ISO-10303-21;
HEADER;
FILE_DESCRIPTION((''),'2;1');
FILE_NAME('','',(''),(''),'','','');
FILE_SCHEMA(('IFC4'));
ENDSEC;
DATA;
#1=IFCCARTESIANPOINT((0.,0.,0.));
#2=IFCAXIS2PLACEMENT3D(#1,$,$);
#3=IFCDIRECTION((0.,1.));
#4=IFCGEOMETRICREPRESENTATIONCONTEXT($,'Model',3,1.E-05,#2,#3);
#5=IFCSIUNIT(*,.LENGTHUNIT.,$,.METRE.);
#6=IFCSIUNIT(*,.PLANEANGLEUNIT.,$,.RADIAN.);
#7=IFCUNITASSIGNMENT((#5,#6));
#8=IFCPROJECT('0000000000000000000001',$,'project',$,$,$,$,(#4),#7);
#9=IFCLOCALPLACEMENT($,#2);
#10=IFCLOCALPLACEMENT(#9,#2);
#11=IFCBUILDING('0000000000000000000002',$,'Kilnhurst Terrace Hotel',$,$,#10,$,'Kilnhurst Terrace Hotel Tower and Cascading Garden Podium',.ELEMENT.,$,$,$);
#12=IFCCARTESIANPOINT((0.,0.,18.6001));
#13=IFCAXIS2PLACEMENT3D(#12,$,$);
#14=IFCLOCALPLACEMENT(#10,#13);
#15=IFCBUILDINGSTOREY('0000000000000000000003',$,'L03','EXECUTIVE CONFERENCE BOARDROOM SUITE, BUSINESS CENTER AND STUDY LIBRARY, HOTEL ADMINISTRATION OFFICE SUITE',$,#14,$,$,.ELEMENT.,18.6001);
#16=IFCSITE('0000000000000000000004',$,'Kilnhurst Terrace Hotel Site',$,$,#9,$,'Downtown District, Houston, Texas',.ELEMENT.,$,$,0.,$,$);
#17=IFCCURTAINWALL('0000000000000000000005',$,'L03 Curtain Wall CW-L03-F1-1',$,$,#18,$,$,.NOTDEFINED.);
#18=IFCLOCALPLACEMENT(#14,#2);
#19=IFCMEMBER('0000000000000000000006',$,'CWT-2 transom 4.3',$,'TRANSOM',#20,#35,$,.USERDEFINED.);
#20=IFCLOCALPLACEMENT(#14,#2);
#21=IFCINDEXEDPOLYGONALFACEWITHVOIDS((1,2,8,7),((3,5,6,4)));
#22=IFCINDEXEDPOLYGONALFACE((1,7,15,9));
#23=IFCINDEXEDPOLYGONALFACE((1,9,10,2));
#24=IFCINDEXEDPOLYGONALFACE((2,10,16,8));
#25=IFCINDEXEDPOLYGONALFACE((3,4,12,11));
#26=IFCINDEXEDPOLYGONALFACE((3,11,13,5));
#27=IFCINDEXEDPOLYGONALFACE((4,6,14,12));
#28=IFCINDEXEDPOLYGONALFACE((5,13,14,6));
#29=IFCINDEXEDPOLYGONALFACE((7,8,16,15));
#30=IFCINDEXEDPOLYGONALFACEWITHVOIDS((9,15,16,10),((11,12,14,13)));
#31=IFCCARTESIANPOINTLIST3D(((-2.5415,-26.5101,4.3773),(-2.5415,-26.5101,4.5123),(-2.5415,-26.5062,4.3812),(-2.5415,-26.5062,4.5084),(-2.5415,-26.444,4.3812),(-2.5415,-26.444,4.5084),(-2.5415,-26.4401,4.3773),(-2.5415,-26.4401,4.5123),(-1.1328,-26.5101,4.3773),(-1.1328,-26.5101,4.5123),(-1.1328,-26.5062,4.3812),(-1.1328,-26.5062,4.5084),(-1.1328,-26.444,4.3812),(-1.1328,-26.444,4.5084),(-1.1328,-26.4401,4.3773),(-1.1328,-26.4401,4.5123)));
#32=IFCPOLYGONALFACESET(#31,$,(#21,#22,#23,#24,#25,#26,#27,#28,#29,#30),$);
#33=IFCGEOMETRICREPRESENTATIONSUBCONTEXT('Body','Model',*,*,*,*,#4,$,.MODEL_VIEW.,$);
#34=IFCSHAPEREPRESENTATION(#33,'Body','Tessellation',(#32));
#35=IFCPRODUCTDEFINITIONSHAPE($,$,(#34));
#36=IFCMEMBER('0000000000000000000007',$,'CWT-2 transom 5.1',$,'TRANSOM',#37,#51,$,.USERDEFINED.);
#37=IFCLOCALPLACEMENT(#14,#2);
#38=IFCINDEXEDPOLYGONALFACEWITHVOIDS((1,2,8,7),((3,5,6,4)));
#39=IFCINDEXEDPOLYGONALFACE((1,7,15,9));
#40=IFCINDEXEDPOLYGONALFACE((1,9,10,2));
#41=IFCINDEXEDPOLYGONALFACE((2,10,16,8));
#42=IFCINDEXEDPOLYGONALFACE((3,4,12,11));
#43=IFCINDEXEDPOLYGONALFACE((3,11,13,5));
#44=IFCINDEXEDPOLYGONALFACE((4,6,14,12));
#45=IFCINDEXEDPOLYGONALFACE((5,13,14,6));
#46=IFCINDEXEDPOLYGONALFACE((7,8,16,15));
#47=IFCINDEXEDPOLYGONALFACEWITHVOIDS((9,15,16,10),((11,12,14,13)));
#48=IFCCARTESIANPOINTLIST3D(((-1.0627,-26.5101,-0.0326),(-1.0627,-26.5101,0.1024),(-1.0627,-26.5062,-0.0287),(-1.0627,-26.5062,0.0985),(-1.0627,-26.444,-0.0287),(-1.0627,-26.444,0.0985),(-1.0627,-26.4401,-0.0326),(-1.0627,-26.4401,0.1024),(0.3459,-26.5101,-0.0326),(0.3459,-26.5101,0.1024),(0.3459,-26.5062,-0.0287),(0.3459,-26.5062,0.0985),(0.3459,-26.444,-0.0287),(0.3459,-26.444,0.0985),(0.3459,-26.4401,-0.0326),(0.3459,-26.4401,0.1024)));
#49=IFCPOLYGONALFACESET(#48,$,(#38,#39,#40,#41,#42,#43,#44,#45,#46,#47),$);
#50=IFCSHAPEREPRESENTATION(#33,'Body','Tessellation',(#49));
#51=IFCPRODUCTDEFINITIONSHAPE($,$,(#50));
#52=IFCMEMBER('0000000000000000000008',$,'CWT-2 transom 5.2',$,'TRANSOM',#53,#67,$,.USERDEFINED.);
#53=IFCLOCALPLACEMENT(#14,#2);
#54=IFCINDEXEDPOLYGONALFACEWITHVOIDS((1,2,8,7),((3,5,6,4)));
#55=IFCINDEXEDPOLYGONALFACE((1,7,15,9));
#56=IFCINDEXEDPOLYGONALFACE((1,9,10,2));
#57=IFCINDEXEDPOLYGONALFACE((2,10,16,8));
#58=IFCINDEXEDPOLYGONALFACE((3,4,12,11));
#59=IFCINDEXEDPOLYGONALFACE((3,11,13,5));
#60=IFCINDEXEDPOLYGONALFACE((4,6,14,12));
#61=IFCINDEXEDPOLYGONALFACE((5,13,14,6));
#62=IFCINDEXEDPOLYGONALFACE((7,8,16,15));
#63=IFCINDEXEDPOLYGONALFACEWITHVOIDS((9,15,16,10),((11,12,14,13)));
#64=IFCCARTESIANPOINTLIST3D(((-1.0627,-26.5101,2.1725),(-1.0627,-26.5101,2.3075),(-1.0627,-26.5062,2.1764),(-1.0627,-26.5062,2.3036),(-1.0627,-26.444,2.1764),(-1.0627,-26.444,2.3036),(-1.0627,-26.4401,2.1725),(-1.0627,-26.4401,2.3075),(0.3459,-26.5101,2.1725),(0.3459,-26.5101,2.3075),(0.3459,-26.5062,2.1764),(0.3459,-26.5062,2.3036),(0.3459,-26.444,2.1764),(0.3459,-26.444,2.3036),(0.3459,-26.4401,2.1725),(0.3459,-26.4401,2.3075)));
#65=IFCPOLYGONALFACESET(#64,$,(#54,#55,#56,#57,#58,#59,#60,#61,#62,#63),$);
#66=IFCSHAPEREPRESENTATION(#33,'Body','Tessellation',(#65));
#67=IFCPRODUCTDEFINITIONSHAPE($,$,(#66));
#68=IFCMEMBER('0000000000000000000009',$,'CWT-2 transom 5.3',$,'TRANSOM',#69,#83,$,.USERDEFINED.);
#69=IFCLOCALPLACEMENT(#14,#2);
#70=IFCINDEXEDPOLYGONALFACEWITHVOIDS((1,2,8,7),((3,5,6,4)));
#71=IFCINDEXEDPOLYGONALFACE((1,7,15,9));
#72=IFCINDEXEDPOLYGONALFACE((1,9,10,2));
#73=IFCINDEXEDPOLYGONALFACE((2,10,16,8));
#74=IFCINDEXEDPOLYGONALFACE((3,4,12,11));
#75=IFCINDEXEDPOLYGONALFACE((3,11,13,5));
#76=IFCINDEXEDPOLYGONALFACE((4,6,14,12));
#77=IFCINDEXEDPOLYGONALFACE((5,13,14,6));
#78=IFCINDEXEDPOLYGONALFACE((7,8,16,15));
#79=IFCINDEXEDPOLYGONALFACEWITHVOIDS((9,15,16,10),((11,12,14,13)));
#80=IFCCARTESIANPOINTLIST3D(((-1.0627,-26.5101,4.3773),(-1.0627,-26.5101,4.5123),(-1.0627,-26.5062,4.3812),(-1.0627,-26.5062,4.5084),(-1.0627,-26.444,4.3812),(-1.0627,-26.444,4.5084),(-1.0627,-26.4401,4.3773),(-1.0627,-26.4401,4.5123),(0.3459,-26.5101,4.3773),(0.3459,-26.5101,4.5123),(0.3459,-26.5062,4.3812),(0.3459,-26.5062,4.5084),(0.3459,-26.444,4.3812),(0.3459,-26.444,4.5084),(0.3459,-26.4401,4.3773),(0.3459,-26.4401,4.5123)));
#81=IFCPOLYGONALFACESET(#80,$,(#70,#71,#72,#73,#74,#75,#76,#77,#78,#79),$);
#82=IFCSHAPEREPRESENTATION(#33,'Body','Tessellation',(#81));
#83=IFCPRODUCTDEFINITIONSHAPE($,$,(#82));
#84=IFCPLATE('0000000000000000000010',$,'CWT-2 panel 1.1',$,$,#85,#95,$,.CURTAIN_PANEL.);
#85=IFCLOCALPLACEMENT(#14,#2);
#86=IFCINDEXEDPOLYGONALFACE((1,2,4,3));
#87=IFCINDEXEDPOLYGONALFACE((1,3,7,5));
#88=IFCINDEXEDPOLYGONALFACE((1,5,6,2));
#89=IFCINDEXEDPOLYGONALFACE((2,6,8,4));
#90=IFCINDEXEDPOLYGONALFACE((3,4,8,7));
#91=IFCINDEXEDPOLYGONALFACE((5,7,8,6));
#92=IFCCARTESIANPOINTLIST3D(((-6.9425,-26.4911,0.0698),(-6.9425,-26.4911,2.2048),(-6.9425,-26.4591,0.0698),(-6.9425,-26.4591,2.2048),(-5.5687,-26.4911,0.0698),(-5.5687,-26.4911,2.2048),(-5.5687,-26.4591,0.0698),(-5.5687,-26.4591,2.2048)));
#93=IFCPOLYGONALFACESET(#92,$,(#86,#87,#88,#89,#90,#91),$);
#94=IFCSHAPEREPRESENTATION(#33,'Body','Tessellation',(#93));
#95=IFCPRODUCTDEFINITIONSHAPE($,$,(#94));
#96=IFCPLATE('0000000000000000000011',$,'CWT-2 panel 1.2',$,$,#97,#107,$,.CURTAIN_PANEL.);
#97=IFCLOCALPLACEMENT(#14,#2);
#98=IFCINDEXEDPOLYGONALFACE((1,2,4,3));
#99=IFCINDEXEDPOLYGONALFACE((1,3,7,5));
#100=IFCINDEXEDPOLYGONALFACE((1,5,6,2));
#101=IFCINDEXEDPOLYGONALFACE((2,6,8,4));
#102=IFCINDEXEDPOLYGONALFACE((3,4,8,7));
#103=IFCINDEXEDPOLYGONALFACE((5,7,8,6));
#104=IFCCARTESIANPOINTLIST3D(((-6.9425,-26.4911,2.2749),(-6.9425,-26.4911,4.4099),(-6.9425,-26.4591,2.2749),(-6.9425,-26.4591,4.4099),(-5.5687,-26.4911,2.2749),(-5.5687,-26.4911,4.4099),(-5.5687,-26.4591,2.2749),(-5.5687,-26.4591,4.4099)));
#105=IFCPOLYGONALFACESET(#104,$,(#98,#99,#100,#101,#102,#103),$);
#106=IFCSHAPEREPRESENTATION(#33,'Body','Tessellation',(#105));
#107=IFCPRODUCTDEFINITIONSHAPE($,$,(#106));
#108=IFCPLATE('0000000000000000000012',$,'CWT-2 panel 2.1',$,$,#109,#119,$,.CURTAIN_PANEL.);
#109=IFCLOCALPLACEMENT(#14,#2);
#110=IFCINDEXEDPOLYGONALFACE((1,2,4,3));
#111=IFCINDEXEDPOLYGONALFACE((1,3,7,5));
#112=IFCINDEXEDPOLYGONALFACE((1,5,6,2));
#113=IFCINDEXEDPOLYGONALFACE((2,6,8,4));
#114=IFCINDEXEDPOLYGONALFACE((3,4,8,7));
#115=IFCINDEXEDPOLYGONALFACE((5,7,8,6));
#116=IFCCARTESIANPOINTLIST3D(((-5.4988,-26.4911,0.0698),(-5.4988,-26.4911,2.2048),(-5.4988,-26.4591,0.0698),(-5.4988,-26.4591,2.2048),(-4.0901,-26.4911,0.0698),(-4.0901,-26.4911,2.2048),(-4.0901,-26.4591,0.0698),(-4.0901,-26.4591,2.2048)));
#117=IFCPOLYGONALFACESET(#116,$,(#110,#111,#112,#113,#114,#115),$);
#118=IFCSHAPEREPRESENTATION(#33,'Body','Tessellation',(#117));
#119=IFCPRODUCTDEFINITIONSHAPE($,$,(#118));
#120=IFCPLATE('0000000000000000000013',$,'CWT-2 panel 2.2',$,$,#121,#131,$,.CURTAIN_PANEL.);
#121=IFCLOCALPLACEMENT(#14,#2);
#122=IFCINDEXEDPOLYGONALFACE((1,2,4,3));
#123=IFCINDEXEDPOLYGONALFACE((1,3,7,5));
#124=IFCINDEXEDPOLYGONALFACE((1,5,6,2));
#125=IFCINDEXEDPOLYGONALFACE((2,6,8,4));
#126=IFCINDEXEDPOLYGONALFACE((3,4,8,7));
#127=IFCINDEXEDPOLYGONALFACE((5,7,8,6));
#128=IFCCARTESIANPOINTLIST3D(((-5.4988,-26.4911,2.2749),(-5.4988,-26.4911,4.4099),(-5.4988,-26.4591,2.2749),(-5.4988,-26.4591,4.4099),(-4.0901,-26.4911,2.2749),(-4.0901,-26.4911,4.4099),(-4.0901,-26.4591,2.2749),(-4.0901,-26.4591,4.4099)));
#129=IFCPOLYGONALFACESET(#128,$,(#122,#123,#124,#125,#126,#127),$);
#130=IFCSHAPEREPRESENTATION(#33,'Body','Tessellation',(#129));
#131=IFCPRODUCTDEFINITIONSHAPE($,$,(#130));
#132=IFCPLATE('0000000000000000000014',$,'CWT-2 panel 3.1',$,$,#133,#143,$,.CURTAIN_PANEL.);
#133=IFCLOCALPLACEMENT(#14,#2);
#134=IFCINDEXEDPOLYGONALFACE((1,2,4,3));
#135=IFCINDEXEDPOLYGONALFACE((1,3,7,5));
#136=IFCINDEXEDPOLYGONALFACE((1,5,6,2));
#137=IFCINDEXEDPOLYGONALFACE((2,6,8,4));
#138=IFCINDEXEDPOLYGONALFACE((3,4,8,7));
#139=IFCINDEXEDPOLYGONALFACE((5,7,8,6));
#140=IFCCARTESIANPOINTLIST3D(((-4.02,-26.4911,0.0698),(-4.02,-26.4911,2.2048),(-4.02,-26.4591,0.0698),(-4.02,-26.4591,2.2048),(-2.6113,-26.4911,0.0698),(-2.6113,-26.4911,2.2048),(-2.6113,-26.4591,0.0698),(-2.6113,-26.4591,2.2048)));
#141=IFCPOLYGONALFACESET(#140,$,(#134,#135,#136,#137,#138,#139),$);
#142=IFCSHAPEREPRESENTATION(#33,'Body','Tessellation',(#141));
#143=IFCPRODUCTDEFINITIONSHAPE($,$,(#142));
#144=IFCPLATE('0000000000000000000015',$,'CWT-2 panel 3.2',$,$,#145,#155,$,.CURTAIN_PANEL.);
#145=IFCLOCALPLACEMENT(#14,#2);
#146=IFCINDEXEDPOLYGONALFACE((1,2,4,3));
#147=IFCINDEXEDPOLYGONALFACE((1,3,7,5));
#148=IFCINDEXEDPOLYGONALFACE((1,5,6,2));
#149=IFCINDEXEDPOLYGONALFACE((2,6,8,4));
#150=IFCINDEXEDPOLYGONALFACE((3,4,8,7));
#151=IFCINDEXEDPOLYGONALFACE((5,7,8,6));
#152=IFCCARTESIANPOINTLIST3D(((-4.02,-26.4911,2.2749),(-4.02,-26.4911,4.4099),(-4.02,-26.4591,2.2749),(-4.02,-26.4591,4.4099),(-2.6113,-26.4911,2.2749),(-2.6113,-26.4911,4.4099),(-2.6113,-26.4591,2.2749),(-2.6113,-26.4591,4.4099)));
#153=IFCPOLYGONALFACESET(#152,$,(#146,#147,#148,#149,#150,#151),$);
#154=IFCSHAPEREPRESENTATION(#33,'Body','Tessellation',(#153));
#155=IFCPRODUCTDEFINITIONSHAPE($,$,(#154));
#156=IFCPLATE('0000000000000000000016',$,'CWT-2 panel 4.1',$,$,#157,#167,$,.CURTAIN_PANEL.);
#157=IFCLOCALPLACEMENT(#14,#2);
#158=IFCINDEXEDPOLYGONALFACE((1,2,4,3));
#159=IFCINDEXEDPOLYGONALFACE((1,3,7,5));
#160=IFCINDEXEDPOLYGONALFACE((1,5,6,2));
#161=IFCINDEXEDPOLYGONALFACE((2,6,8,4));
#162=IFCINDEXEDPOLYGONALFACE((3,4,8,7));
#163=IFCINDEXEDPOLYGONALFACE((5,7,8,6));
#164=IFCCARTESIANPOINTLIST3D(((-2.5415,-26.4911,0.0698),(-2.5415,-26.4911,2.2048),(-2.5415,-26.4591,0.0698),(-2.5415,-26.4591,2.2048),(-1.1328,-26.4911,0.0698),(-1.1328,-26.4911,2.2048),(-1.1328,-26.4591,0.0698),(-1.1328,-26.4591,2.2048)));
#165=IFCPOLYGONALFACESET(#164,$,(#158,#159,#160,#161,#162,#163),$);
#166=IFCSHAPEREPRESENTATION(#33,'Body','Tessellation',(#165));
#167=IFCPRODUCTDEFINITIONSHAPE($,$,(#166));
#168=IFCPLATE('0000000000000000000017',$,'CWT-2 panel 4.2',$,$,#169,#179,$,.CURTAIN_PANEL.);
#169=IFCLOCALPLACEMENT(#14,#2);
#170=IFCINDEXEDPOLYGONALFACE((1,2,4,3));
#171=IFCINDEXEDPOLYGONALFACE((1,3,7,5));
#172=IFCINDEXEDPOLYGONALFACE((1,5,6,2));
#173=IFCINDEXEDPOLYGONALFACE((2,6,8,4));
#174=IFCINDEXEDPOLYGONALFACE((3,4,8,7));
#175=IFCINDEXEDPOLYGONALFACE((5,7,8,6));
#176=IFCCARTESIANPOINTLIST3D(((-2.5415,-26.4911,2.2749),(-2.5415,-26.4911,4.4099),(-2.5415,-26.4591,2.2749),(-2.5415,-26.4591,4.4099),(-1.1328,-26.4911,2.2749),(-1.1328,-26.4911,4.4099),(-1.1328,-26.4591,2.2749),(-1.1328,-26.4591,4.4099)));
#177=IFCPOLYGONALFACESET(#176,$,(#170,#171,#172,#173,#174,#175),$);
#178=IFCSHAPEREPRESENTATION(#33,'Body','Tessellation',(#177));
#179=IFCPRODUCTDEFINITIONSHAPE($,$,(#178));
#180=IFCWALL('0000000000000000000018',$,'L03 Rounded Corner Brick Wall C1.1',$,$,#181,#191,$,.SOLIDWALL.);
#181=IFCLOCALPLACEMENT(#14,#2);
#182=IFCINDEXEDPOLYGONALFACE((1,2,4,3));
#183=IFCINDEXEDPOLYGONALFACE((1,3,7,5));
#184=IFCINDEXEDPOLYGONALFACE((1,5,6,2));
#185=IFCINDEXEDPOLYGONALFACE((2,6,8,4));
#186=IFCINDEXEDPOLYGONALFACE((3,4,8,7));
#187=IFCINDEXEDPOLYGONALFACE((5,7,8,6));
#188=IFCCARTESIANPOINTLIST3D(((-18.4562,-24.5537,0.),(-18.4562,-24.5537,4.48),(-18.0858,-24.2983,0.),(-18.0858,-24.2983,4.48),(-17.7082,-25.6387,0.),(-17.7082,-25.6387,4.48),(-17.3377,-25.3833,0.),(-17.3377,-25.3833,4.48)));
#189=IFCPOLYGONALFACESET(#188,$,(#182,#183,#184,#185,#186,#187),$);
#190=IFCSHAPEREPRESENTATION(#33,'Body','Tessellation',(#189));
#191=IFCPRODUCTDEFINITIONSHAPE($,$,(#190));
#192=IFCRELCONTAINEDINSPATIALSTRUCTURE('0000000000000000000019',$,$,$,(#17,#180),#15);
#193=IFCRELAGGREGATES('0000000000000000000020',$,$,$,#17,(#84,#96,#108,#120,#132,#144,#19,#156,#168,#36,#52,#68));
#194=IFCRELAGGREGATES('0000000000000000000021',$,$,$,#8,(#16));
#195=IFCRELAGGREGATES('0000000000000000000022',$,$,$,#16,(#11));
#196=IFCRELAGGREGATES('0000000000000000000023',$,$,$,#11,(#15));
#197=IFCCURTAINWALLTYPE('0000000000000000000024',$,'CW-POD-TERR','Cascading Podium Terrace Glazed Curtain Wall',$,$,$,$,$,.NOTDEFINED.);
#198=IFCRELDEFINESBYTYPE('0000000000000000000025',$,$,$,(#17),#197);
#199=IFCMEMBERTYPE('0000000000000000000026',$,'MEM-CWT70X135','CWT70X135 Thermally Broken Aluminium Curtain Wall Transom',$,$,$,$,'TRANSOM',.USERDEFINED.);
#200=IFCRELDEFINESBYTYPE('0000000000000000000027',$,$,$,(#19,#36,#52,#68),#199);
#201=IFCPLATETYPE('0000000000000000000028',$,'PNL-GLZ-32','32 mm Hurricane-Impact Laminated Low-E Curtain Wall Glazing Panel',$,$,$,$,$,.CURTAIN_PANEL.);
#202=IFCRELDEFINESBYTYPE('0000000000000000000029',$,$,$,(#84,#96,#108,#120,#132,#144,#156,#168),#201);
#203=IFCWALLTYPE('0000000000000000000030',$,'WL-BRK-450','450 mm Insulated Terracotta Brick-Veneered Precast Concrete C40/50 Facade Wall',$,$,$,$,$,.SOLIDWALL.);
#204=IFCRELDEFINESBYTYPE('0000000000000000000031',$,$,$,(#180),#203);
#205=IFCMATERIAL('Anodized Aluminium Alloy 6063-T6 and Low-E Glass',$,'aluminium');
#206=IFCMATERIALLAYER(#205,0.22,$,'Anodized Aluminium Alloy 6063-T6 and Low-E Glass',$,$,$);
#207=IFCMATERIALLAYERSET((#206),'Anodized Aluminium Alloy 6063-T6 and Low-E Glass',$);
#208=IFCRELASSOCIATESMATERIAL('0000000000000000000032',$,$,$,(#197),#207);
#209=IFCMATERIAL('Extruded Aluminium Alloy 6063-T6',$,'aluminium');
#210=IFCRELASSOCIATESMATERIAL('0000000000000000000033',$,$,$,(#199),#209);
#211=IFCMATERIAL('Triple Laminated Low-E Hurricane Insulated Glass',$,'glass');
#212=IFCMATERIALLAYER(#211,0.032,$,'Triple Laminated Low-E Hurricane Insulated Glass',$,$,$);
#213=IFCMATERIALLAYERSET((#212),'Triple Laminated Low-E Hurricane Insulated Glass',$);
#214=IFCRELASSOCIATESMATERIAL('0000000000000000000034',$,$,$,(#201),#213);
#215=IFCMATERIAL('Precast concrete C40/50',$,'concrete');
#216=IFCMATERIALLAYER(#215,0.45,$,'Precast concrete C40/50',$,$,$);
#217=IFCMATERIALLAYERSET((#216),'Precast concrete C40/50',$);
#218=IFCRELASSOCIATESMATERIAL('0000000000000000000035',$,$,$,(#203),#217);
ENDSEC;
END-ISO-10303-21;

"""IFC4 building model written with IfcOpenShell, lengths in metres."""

from ifc_helpers import new_model, si_unit, direction, frame, frame_2d, origin, origin_2d, place, context, subcontext, project, spatial, rectangle, hollow_rectangle, extrude, material, layer, layer_set, material_profile, profile_set, type_object, element, aggregate, save


model = new_model("IFC4")

# Units and contexts
model_context = context("Model", 3, precision=1e-05, world=origin(), true_north=direction((0.0, 1.0)))
body_context = subcontext(model_context, "Body", "Model", "MODEL_VIEW")
ifc_project = project(units=[si_unit("LENGTHUNIT", "METRE"), si_unit("PLANEANGLEUNIT", "RADIAN")], contexts=[model_context])

# Site, building, storey
site_placement = place(None, origin())
site = spatial("IfcSite", under=ifc_project, at=site_placement, Name="Kilnhurst Terrace Hotel Site", LongName="Downtown District, Houston, Texas", CompositionType="ELEMENT", RefElevation=0.0)
building_placement = place(site_placement, origin())
building = spatial("IfcBuilding", under=site, at=building_placement, Name="Kilnhurst Terrace Hotel", LongName="Kilnhurst Terrace Hotel Tower and Cascading Garden Podium", CompositionType="ELEMENT")
storey_placement = place(building_placement, frame((0.0, 0.0, 18.6001)))
storey = spatial("IfcBuildingStorey", under=building, at=storey_placement, Name="L03", Description="EXECUTIVE CONFERENCE BOARDROOM SUITE, BUSINESS CENTER AND STUDY LIBRARY, HOTEL ADMINISTRATION OFFICE SUITE", CompositionType="ELEMENT", Elevation=18.6001)

# Curtain wall
ifc_material_1 = material(Name="Anodized Aluminium Alloy 6063-T6 and Low-E Glass", Category="aluminium")
ifc_layer_1 = layer(ifc_material_1, 0.22, Name="Anodized Aluminium Alloy 6063-T6 and Low-E Glass")
ifc_layer_set_1 = layer_set([ifc_layer_1], Name="Anodized Aluminium Alloy 6063-T6 and Low-E Glass")
curtain_wall_type = type_object("IfcCurtainWallType", Name="CW-POD-TERR", Description="Cascading Podium Terrace Glazed Curtain Wall", PredefinedType="NOTDEFINED", material=ifc_layer_set_1)
curtain_wall_1_placement = place(storey_placement, origin())
curtain_wall_1 = element("IfcCurtainWall", 1, at=curtain_wall_1_placement, inside=storey, type_object=curtain_wall_type, Name="L03 Curtain Wall CW-L03-F1-1", PredefinedType="NOTDEFINED")
ifc_material_2 = material(Name="Extruded Aluminium Alloy 6063-T6", Category="aluminium")

# Members
ifc_material_profile_1 = material_profile(ifc_material_2, hollow_rectangle(XDim=0.0701, YDim=0.135, WallThickness=0.0039, at=origin_2d()), Name="CWT70X135")
ifc_profile_set_1 = profile_set([ifc_material_profile_1], Name="Extruded Aluminium Alloy 6063-T6")
member_type_1 = type_object("IfcMemberType", Name="MEM-CWT70X135", Description="CWT70X135 Thermally Broken Aluminium Curtain Wall Transom", ElementType="TRANSOM", PredefinedType="USERDEFINED", material=ifc_profile_set_1)
member_1_placement = place(storey_placement, frame((-2.5415, -26.4751, 4.4448), z_axis=(1.0, 0.0, 0.0), x_axis=(0.0, 1.0, 0.0)))
member_1 = element("IfcMember", 2, at=member_1_placement, type_object=member_type_1, Name="CWT-2 transom 4.3", ObjectType="TRANSOM", PredefinedType="USERDEFINED", context=body_context, shape_type="SweptSolid", body=[
    extrude(hollow_rectangle(XDim=0.0701, YDim=0.135, WallThickness=0.0039, at=origin_2d()), origin(), (0.0, 0.0, 1.0), 1.4087),
])
member_2_placement = place(storey_placement, frame((-1.0627, -26.4751, 0.0349), z_axis=(1.0, 0.0, 0.0), x_axis=(0.0, 1.0, 0.0)))
member_2 = element("IfcMember", 3, at=member_2_placement, type_object=member_type_1, Name="CWT-2 transom 5.1", ObjectType="TRANSOM", PredefinedType="USERDEFINED", context=body_context, shape_type="SweptSolid", body=[
    extrude(hollow_rectangle(XDim=0.0701, YDim=0.135, WallThickness=0.0039, at=origin_2d()), origin(), (0.0, 0.0, 1.0), 1.4087),
])
member_3_placement = place(storey_placement, frame((-1.0627, -26.4751, 2.24), z_axis=(1.0, 0.0, 0.0), x_axis=(0.0, 1.0, 0.0)))
member_3 = element("IfcMember", 4, at=member_3_placement, type_object=member_type_1, Name="CWT-2 transom 5.2", ObjectType="TRANSOM", PredefinedType="USERDEFINED", context=body_context, shape_type="SweptSolid", body=[
    extrude(hollow_rectangle(XDim=0.0701, YDim=0.135, WallThickness=0.0039, at=origin_2d()), origin(), (0.0, 0.0, 1.0), 1.4087),
])
member_4_placement = place(storey_placement, frame((-1.0627, -26.4751, 4.4448), z_axis=(1.0, 0.0, 0.0), x_axis=(0.0, 1.0, 0.0)))
member_4 = element("IfcMember", 5, at=member_4_placement, type_object=member_type_1, Name="CWT-2 transom 5.3", ObjectType="TRANSOM", PredefinedType="USERDEFINED", context=body_context, shape_type="SweptSolid", body=[
    extrude(hollow_rectangle(XDim=0.0701, YDim=0.135, WallThickness=0.0039, at=origin_2d()), origin(), (0.0, 0.0, 1.0), 1.4087),
])

# Plates
ifc_material_3 = material(Name="Triple Laminated Low-E Hurricane Insulated Glass", Category="glass")
ifc_layer_2 = layer(ifc_material_3, 0.032, Name="Triple Laminated Low-E Hurricane Insulated Glass")
ifc_layer_set_2 = layer_set([ifc_layer_2], Name="Triple Laminated Low-E Hurricane Insulated Glass")
plate_type = type_object("IfcPlateType", Name="PNL-GLZ-32", Description="32 mm Hurricane-Impact Laminated Low-E Curtain Wall Glazing Panel", PredefinedType="CURTAIN_PANEL", material=ifc_layer_set_2)
plate_1_placement = place(storey_placement, frame((-6.2556, -26.4751, 0.0698), z_axis=(0.0, 0.0, 1.0), x_axis=(1.0, 0.0, 0.0)))
plate_1 = element("IfcPlate", 6, at=plate_1_placement, type_object=plate_type, Name="CWT-2 panel 1.1", PredefinedType="CURTAIN_PANEL", context=body_context, shape_type="SweptSolid", body=[
    extrude(rectangle(XDim=1.3738, YDim=0.032, at=origin_2d()), origin(), (0.0, 0.0, 1.0), 2.135),
])
plate_2_placement = place(storey_placement, frame((-6.2556, -26.4751, 2.2749), z_axis=(0.0, 0.0, 1.0), x_axis=(1.0, 0.0, 0.0)))
plate_2 = element("IfcPlate", 7, at=plate_2_placement, type_object=plate_type, Name="CWT-2 panel 1.2", PredefinedType="CURTAIN_PANEL", context=body_context, shape_type="SweptSolid", body=[
    extrude(rectangle(XDim=1.3738, YDim=0.032, at=origin_2d()), origin(), (0.0, 0.0, 1.0), 2.135),
])
plate_3_placement = place(storey_placement, frame((-4.7944, -26.4751, 0.0698), z_axis=(0.0, 0.0, 1.0), x_axis=(1.0, 0.0, 0.0)))
plate_3 = element("IfcPlate", 8, at=plate_3_placement, type_object=plate_type, Name="CWT-2 panel 2.1", PredefinedType="CURTAIN_PANEL", context=body_context, shape_type="SweptSolid", body=[
    extrude(rectangle(XDim=1.4087, YDim=0.032, at=origin_2d()), origin(), (0.0, 0.0, 1.0), 2.135),
])
plate_4_placement = place(storey_placement, frame((-4.7944, -26.4751, 2.2749), z_axis=(0.0, 0.0, 1.0), x_axis=(1.0, 0.0, 0.0)))
plate_4 = element("IfcPlate", 9, at=plate_4_placement, type_object=plate_type, Name="CWT-2 panel 2.2", PredefinedType="CURTAIN_PANEL", context=body_context, shape_type="SweptSolid", body=[
    extrude(rectangle(XDim=1.4087, YDim=0.032, at=origin_2d()), origin(), (0.0, 0.0, 1.0), 2.135),
])
plate_5_placement = place(storey_placement, frame((-3.3157, -26.4751, 0.0698), z_axis=(0.0, 0.0, 1.0), x_axis=(1.0, 0.0, 0.0)))
plate_5 = element("IfcPlate", 10, at=plate_5_placement, type_object=plate_type, Name="CWT-2 panel 3.1", PredefinedType="CURTAIN_PANEL", context=body_context, shape_type="SweptSolid", body=[
    extrude(rectangle(XDim=1.4087, YDim=0.032, at=origin_2d()), origin(), (0.0, 0.0, 1.0), 2.135),
])
plate_6_placement = place(storey_placement, frame((-3.3157, -26.4751, 2.2749), z_axis=(0.0, 0.0, 1.0), x_axis=(1.0, 0.0, 0.0)))
plate_6 = element("IfcPlate", 11, at=plate_6_placement, type_object=plate_type, Name="CWT-2 panel 3.2", PredefinedType="CURTAIN_PANEL", context=body_context, shape_type="SweptSolid", body=[
    extrude(rectangle(XDim=1.4087, YDim=0.032, at=origin_2d()), origin(), (0.0, 0.0, 1.0), 2.135),
])
plate_7_placement = place(storey_placement, frame((-1.8372, -26.4751, 0.0698), z_axis=(0.0, 0.0, 1.0), x_axis=(1.0, 0.0, 0.0)))
plate_7 = element("IfcPlate", 12, at=plate_7_placement, type_object=plate_type, Name="CWT-2 panel 4.1", PredefinedType="CURTAIN_PANEL", context=body_context, shape_type="SweptSolid", body=[
    extrude(rectangle(XDim=1.4087, YDim=0.032, at=origin_2d()), origin(), (0.0, 0.0, 1.0), 2.135),
])
plate_8_placement = place(storey_placement, frame((-1.8372, -26.4751, 2.2749), z_axis=(0.0, 0.0, 1.0), x_axis=(1.0, 0.0, 0.0)))
plate_8 = element("IfcPlate", 13, at=plate_8_placement, type_object=plate_type, Name="CWT-2 panel 4.2", PredefinedType="CURTAIN_PANEL", context=body_context, shape_type="SweptSolid", body=[
    extrude(rectangle(XDim=1.4087, YDim=0.032, at=origin_2d()), origin(), (0.0, 0.0, 1.0), 2.135),
])
aggregate(curtain_wall_1, [plate_1, plate_2, plate_3, plate_4, plate_5, plate_6, member_1, plate_7, plate_8, member_2, member_3, member_4])

# Wall
ifc_material_4 = material(Name="Precast concrete C40/50", Category="concrete")
ifc_layer_3 = layer(ifc_material_4, 0.45, Name="Precast concrete C40/50")
ifc_layer_set_3 = layer_set([ifc_layer_3], Name="Precast concrete C40/50")
wall_type_1 = type_object("IfcWallType", Name="WL-BRK-450", Description="450 mm Insulated Terracotta Brick-Veneered Precast Concrete C40/50 Facade Wall", PredefinedType="SOLIDWALL", material=ifc_layer_set_3)
wall_1_placement = place(storey_placement, frame((-18.271, -24.426, 0.0), z_axis=(0.0, 0.0, 1.0), x_axis=(0.567629, -0.823284, 0.0)))
element("IfcWall", 14, at=wall_1_placement, inside=storey, type_object=wall_type_1, Name="L03 Rounded Corner Brick Wall C1.1", PredefinedType="SOLIDWALL", context=body_context, shape_type="SweptSolid", body=[
    extrude(rectangle(XDim=1.3179, YDim=0.45, at=frame_2d((0.6589, 0.0))), origin(), (0.0, 0.0, 1.0), 4.48),
])

save(model, "model.ifc")
